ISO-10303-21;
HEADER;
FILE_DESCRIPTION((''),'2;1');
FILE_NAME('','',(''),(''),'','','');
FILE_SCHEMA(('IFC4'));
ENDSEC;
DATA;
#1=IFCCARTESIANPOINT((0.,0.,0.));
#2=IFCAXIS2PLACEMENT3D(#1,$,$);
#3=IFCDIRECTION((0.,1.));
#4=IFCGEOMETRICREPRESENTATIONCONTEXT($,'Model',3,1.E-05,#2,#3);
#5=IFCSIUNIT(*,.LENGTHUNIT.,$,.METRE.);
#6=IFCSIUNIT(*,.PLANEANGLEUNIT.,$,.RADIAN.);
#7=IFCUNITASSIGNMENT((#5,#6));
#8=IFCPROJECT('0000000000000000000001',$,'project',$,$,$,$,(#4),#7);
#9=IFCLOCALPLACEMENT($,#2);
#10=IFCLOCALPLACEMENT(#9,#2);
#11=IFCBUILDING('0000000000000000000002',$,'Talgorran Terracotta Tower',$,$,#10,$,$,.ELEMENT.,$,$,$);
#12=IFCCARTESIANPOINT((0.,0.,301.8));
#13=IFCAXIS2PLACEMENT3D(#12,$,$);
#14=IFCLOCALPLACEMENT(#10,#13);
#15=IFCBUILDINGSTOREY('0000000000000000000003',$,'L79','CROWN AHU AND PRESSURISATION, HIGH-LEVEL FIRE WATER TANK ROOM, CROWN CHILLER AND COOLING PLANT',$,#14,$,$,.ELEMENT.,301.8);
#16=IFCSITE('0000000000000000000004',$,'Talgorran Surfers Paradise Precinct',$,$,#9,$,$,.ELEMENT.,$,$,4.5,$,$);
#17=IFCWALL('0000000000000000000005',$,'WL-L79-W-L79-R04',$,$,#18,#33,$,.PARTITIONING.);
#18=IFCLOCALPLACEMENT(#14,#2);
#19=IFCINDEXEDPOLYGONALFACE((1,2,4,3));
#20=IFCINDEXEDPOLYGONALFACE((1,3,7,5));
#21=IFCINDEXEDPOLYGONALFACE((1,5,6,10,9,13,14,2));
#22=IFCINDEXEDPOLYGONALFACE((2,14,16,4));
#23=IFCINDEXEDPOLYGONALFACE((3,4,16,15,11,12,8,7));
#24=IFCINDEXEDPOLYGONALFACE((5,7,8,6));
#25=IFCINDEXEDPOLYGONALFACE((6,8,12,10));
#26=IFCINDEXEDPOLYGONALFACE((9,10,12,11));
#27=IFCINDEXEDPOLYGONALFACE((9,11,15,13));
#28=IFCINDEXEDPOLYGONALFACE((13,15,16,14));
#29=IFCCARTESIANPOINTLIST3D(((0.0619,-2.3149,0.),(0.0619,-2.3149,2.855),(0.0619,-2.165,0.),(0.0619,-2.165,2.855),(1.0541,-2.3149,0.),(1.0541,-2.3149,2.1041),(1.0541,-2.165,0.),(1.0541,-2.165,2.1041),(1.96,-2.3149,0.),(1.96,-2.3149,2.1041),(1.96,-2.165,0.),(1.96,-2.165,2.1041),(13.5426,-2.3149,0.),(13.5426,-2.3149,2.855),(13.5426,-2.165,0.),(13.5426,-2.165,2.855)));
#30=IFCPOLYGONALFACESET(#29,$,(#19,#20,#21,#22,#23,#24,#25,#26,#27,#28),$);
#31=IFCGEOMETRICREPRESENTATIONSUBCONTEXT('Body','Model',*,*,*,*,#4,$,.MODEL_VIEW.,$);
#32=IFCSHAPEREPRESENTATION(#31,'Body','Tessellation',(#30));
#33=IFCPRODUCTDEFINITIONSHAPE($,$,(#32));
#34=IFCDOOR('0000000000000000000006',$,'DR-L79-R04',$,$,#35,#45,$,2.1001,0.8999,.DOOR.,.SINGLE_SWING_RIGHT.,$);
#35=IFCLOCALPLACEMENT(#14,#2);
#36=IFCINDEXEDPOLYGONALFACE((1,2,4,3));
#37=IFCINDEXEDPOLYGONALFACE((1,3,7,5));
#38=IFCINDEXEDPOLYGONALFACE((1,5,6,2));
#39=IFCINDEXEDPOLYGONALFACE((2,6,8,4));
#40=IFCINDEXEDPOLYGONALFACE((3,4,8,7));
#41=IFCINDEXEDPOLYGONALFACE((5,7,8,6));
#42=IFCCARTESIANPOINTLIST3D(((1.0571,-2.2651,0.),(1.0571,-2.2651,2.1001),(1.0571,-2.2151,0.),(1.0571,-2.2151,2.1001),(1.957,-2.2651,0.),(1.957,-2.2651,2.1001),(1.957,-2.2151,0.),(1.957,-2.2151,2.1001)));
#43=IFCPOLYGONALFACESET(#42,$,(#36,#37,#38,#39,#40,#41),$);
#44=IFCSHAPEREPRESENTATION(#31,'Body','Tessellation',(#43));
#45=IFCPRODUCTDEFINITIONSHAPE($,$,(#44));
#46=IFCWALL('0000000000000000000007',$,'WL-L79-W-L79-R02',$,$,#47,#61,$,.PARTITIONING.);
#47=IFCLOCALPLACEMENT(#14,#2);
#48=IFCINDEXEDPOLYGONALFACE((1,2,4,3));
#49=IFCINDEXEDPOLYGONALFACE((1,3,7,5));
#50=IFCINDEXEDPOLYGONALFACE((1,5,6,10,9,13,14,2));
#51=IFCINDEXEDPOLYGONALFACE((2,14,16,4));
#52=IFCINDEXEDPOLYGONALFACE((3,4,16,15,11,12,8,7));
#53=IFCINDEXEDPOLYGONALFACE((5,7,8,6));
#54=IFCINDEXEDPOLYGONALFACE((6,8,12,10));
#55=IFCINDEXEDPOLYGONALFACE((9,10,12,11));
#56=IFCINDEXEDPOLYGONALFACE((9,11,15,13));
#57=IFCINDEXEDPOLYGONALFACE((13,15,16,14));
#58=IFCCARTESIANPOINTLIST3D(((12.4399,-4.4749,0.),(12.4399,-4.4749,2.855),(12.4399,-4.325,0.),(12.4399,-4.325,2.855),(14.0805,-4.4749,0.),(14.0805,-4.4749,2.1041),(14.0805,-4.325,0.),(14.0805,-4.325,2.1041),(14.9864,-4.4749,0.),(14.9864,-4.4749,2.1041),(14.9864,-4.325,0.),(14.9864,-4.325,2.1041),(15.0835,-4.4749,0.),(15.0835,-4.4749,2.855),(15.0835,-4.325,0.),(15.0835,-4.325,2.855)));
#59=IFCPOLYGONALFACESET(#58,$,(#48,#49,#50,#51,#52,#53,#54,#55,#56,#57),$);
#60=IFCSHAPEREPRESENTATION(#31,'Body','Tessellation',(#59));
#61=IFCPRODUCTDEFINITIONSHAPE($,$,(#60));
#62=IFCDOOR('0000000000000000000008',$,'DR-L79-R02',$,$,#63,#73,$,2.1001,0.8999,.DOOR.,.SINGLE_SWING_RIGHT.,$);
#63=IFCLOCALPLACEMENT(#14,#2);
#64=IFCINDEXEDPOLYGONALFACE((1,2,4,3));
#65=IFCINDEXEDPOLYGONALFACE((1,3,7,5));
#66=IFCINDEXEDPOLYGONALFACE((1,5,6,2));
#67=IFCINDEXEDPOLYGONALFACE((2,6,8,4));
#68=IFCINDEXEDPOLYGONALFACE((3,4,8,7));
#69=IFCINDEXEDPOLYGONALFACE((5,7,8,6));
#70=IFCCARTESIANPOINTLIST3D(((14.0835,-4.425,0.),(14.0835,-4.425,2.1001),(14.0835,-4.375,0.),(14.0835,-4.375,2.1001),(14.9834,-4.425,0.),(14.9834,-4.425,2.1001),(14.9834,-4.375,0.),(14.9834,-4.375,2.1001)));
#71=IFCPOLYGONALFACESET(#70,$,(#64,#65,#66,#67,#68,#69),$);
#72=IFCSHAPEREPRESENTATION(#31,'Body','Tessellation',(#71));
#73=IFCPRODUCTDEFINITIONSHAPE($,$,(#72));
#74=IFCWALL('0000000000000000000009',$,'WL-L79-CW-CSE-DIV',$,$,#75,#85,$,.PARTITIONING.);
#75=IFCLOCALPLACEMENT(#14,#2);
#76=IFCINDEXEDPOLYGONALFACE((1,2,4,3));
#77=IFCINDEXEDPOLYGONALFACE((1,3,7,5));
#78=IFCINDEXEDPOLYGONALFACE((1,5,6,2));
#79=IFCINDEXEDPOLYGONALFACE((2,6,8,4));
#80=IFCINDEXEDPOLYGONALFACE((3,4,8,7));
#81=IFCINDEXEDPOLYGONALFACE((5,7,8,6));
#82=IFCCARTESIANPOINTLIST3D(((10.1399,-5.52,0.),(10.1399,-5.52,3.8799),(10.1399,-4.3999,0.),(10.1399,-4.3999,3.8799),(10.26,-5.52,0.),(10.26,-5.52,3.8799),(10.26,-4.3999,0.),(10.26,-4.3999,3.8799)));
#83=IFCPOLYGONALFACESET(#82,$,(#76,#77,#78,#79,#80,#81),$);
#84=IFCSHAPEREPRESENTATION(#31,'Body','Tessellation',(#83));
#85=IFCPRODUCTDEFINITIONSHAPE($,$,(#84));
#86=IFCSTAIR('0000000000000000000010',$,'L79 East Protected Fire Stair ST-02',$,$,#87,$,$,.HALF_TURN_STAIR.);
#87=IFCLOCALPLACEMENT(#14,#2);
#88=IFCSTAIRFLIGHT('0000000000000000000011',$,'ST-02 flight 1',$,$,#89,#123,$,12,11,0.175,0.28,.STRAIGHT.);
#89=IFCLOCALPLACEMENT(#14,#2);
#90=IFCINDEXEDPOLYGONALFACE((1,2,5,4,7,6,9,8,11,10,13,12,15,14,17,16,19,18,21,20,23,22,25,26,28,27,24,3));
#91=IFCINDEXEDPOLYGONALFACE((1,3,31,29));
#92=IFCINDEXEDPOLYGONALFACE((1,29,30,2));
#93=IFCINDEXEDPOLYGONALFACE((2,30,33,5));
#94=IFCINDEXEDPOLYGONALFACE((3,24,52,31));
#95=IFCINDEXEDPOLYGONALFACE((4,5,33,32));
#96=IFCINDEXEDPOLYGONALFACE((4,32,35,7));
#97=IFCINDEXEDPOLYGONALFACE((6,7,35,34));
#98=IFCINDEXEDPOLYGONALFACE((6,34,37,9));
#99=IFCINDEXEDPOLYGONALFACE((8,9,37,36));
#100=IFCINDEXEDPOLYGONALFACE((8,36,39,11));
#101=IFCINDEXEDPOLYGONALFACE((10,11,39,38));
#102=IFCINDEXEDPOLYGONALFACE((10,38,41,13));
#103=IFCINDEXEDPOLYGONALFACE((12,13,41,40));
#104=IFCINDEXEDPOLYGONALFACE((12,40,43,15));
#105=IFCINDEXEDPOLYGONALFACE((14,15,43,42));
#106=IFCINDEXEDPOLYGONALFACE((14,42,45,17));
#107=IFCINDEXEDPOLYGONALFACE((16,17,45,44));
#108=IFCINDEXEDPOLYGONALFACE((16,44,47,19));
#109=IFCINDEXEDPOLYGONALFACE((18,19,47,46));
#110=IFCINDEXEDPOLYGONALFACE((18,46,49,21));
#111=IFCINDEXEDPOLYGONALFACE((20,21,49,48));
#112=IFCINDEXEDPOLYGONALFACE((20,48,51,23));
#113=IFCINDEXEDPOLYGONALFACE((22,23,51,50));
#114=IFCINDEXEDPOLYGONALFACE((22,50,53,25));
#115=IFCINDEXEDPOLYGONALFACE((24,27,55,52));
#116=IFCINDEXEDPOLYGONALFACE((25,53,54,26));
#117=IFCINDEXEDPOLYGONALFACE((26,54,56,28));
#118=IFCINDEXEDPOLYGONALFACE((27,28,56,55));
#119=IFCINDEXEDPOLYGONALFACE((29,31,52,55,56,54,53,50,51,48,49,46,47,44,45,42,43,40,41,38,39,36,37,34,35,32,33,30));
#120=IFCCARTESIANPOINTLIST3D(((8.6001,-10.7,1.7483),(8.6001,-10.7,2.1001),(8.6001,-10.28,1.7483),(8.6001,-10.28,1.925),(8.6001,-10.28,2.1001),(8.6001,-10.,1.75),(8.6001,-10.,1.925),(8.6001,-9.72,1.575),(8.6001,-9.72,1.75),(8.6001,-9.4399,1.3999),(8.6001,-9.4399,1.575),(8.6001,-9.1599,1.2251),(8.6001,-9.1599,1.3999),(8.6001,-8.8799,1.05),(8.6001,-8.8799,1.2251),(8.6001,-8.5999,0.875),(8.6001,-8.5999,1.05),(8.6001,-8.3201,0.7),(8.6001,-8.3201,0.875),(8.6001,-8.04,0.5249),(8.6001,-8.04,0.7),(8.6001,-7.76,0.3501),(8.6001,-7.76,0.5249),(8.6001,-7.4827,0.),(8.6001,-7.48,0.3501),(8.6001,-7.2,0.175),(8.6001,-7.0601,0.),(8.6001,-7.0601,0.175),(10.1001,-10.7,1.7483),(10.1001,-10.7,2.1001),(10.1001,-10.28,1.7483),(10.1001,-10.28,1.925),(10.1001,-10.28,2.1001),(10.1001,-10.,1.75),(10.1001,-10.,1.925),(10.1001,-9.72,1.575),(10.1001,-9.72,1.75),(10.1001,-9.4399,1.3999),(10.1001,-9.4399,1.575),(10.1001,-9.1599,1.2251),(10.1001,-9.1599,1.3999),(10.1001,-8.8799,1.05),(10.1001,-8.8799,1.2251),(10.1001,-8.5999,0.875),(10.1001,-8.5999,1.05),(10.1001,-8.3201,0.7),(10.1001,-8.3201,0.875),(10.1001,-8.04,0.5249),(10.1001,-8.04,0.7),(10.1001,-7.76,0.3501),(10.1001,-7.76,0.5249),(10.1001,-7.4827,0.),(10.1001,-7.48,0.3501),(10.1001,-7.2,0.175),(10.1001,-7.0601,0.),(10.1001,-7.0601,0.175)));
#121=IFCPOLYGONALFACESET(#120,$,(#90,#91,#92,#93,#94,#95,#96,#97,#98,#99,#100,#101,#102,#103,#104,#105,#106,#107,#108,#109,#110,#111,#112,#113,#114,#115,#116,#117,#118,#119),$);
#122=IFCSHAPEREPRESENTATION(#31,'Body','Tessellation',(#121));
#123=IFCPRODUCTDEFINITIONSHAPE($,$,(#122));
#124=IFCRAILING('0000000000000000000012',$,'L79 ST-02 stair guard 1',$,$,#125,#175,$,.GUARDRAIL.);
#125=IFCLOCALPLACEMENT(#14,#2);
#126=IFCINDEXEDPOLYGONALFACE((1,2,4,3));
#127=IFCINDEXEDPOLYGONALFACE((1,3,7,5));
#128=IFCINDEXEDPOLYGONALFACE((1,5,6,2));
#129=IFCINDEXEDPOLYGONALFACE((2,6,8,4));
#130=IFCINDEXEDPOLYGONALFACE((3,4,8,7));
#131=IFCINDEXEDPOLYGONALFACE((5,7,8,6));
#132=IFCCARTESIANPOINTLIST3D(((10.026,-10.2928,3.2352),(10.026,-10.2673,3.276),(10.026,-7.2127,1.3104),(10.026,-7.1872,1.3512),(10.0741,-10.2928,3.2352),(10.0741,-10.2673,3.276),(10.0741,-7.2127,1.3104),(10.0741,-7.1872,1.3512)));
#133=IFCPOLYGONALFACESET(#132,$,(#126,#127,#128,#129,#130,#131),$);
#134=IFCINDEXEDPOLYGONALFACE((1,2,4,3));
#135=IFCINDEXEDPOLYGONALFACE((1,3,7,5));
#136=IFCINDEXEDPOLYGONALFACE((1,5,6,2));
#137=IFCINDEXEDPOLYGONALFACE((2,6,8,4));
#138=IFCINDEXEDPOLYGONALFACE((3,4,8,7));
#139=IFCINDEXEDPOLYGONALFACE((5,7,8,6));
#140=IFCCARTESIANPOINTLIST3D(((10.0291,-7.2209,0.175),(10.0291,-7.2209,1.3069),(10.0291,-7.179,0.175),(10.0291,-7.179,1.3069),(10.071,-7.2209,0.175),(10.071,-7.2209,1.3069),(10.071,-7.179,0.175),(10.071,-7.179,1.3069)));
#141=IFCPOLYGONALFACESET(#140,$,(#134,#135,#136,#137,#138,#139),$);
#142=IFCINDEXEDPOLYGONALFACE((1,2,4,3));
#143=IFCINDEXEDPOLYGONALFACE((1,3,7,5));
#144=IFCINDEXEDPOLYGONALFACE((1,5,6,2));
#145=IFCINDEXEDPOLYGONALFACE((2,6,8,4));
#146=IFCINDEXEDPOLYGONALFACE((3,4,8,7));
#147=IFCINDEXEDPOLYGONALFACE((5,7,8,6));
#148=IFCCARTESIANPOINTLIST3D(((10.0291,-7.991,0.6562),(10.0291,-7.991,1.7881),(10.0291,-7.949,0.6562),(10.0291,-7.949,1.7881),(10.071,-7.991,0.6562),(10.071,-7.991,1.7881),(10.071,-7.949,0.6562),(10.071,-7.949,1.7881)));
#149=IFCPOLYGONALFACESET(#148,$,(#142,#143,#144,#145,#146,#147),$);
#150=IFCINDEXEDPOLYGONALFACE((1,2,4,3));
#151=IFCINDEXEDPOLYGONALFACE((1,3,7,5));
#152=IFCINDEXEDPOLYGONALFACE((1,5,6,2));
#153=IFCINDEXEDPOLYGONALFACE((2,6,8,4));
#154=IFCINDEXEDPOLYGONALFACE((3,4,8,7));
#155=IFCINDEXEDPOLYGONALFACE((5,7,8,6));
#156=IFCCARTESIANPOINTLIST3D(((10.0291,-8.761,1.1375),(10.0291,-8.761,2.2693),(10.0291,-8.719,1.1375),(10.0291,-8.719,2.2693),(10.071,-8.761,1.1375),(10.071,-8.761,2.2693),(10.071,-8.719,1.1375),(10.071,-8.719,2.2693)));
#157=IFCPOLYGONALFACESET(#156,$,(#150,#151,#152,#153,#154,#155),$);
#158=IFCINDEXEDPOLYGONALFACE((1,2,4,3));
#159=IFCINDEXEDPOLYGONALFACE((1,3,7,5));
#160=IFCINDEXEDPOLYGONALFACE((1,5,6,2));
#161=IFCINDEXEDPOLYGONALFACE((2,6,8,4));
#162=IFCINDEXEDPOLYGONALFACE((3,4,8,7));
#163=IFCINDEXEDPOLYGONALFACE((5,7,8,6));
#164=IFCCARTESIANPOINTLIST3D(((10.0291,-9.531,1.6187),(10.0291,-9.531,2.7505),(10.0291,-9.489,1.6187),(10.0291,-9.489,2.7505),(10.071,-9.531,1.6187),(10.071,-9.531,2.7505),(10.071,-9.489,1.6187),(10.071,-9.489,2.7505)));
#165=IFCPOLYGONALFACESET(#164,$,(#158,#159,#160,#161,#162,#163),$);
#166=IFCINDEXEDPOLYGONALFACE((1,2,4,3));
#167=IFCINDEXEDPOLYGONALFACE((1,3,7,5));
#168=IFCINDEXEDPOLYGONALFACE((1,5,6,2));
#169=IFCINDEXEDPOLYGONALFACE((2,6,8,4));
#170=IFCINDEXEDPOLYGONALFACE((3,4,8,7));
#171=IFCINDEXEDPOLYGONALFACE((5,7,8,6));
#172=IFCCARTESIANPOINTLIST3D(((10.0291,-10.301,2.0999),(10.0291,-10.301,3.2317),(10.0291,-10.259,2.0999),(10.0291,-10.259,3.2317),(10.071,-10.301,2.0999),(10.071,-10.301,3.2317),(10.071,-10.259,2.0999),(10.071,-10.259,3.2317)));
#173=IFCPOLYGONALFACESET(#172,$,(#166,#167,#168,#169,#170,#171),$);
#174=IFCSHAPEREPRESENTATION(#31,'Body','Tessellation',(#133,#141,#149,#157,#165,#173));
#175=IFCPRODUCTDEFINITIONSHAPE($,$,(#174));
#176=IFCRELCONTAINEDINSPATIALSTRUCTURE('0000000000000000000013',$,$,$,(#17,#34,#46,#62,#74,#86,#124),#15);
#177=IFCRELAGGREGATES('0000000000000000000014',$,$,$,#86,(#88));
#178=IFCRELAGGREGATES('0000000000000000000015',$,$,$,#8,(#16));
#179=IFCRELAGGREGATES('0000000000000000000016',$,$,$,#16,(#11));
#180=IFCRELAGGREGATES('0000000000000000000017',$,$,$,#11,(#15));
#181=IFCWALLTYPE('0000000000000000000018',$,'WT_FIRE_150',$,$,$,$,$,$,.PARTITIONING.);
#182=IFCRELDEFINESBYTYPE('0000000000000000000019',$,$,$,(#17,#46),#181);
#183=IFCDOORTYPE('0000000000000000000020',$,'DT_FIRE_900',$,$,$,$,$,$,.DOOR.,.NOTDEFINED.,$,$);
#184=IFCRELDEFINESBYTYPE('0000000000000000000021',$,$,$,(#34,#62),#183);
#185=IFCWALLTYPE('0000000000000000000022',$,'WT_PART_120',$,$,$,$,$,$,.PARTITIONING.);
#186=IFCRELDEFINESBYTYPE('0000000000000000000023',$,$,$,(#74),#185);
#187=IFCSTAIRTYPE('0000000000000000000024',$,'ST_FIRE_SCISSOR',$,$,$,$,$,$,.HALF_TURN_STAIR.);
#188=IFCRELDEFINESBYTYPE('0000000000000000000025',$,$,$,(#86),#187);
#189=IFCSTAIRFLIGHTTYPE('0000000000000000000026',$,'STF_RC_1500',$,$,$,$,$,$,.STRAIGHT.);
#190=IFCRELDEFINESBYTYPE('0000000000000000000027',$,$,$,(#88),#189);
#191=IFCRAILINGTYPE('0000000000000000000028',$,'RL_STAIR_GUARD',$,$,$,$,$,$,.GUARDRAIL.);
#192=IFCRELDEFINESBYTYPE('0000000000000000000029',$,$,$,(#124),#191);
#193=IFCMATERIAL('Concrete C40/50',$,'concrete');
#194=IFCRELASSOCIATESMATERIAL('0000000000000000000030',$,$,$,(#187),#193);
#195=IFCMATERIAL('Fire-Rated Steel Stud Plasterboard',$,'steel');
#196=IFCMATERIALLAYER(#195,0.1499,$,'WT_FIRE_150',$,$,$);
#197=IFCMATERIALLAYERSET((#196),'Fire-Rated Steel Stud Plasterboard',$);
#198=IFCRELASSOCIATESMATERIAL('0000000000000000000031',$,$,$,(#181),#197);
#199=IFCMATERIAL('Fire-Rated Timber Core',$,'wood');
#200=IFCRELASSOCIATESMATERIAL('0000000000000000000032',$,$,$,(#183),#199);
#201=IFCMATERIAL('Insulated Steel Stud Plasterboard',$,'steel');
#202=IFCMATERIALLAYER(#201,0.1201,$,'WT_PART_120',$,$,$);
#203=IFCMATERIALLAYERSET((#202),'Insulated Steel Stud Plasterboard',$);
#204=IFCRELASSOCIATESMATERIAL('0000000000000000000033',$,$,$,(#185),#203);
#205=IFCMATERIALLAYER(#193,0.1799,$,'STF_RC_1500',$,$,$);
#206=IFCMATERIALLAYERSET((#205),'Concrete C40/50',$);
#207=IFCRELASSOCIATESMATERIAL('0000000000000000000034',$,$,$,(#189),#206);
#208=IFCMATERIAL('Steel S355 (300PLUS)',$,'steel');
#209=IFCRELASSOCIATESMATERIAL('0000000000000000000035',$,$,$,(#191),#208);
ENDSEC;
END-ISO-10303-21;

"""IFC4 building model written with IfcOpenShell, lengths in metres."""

from ifc_helpers import new_model, si_unit, direction, frame, frame_2d, origin, origin_2d, place, context, subcontext, project, spatial, polyline, rectangle, outline, extrude, material, layer, layer_set, type_object, element, fill, aggregate, save


model = new_model("IFC4")

# Units and contexts
model_context = context("Model", 3, precision=1e-05, world=origin(), true_north=direction((0.0, 1.0)))
body_context = subcontext(model_context, "Body", "Model", "MODEL_VIEW")
ifc_project = project(units=[si_unit("LENGTHUNIT", "METRE"), si_unit("PLANEANGLEUNIT", "RADIAN")], contexts=[model_context])

# Site, building, storey
site_placement = place(None, origin())
site = spatial("IfcSite", under=ifc_project, at=site_placement, Name="Talgorran Surfers Paradise Precinct", CompositionType="ELEMENT", RefElevation=4.5)
building_placement = place(site_placement, origin())
building = spatial("IfcBuilding", under=site, at=building_placement, Name="Talgorran Terracotta Tower", CompositionType="ELEMENT")
storey_placement = place(building_placement, frame((0.0, 0.0, 301.8)))
storey = spatial("IfcBuildingStorey", under=building, at=storey_placement, Name="L79", Description="CROWN AHU AND PRESSURISATION, HIGH-LEVEL FIRE WATER TANK ROOM, CROWN CHILLER AND COOLING PLANT", CompositionType="ELEMENT", Elevation=301.8)

# Shared definitions
ifc_material_1 = material(Name="Steel S355 (300PLUS)", Category="steel")

# Shared definitions
ifc_material_2 = material(Name="Concrete C40/50", Category="concrete")
stair_type = type_object("IfcStairType", Name="ST_FIRE_SCISSOR", PredefinedType="HALF_TURN_STAIR", material=ifc_material_2)

# Shared definitions
ifc_material_3 = material(Name="Fire-Rated Steel Stud Plasterboard", Category="steel")
ifc_layer_1 = layer(ifc_material_3, 0.1499, Name="WT_FIRE_150")
ifc_layer_set_1 = layer_set([ifc_layer_1], Name="Fire-Rated Steel Stud Plasterboard")
wall_type_1 = type_object("IfcWallType", Name="WT_FIRE_150", PredefinedType="PARTITIONING", material=ifc_layer_set_1)

# Walls, openings, doors
wall_1_placement = place(storey_placement, frame((0.062, -2.24, 0.0), z_axis=(0.0, 0.0, 1.0), x_axis=(1.0, 0.0, 0.0)))
wall_1 = element("IfcWall", 1, at=wall_1_placement, inside=storey, type_object=wall_type_1, Name="WL-L79-W-L79-R04", PredefinedType="PARTITIONING", context=body_context, shape_type="SweptSolid", body=[
    extrude(rectangle(XDim=13.4807, YDim=0.1499, at=frame_2d((6.7402, 0.0))), origin(), (0.0, 0.0, 1.0), 2.855),
])
opening_1_placement = place(wall_1_placement, frame((0.9951, 0.0, 0.0)))
opening_1 = element("IfcOpeningElement", 2, at=opening_1_placement, cuts=wall_1, PredefinedType="OPENING", context=body_context, shape_type="SweptSolid", body=[
    extrude(rectangle(XDim=0.9059, YDim=2.1041, at=frame_2d((0.45, 1.052))), frame((0.0, 0.085, 0.0), z_axis=(0.0, -1.0, 0.0), x_axis=(1.0, 0.0, 0.0)), (0.0, 0.0, 1.0), 0.1699),
])
ifc_material_4 = material(Name="Fire-Rated Timber Core", Category="wood")
door_type = type_object("IfcDoorType", Name="DT_FIRE_900", OperationType="NOTDEFINED", PredefinedType="DOOR", material=ifc_material_4)
door_1_placement = place(opening_1_placement, origin())
door_1 = element("IfcDoor", 3, at=door_1_placement, inside=storey, type_object=door_type, Name="DR-L79-R04", OperationType="SINGLE_SWING_RIGHT", OverallHeight=2.1001, OverallWidth=0.8999, PredefinedType="DOOR", context=body_context, shape_type="SweptSolid", body=[
    extrude(rectangle(XDim=0.8999, YDim=2.1001, at=frame_2d((0.45, 1.05))), frame((0.0, 0.0249, 0.0), z_axis=(0.0, -1.0, 0.0), x_axis=(1.0, 0.0, 0.0)), (0.0, 0.0, 1.0), 0.05),
])
fill(opening_1, door_1)
wall_2_placement = place(storey_placement, frame((12.4399, -4.3999, 0.0), z_axis=(0.0, 0.0, 1.0), x_axis=(1.0, 0.0, 0.0)))
wall_2 = element("IfcWall", 4, at=wall_2_placement, inside=storey, type_object=wall_type_1, Name="WL-L79-W-L79-R02", PredefinedType="PARTITIONING", context=body_context, shape_type="SweptSolid", body=[
    extrude(rectangle(XDim=2.6436, YDim=0.1499, at=frame_2d((1.3218, 0.0))), origin(), (0.0, 0.0, 1.0), 2.855),
])
opening_2_placement = place(wall_2_placement, frame((1.6436, 0.0, 0.0)))
opening_2 = element("IfcOpeningElement", 5, at=opening_2_placement, cuts=wall_2, PredefinedType="OPENING", context=body_context, shape_type="SweptSolid", body=[
    extrude(rectangle(XDim=0.9059, YDim=2.1041, at=frame_2d((0.45, 1.052))), frame((0.0, 0.085, 0.0), z_axis=(0.0, -1.0, 0.0), x_axis=(1.0, 0.0, 0.0)), (0.0, 0.0, 1.0), 0.1699),
])
door_2_placement = place(opening_2_placement, origin())
door_2 = element("IfcDoor", 6, at=door_2_placement, inside=storey, type_object=door_type, Name="DR-L79-R02", OperationType="SINGLE_SWING_RIGHT", OverallHeight=2.1001, OverallWidth=0.8999, PredefinedType="DOOR", context=body_context, shape_type="SweptSolid", body=[
    extrude(rectangle(XDim=0.8999, YDim=2.1001, at=frame_2d((0.45, 1.05))), frame((0.0, 0.0249, 0.0), z_axis=(0.0, -1.0, 0.0), x_axis=(1.0, 0.0, 0.0)), (0.0, 0.0, 1.0), 0.05),
])
fill(opening_2, door_2)

# Wall
ifc_material_5 = material(Name="Insulated Steel Stud Plasterboard", Category="steel")
ifc_layer_2 = layer(ifc_material_5, 0.1201, Name="WT_PART_120")
ifc_layer_set_2 = layer_set([ifc_layer_2], Name="Insulated Steel Stud Plasterboard")
wall_type_2 = type_object("IfcWallType", Name="WT_PART_120", PredefinedType="PARTITIONING", material=ifc_layer_set_2)
wall_3_placement = place(storey_placement, frame((10.2, -5.52, 0.0), z_axis=(0.0, 0.0, 1.0), x_axis=(0.0, 1.0, 0.0)))
element("IfcWall", 7, at=wall_3_placement, inside=storey, type_object=wall_type_2, Name="WL-L79-CW-CSE-DIV", PredefinedType="PARTITIONING", context=body_context, shape_type="SweptSolid", body=[
    extrude(rectangle(XDim=1.1201, YDim=0.1201, at=frame_2d((0.5601, 0.0))), origin(), (0.0, 0.0, 1.0), 3.8799),
])

# Stair, stair flight
stair_1_placement = place(storey_placement, origin())
stair_1 = element("IfcStair", 8, at=stair_1_placement, inside=storey, type_object=stair_type, Name="L79 East Protected Fire Stair ST-02", PredefinedType="HALF_TURN_STAIR")
ifc_layer_3 = layer(ifc_material_2, 0.1799, Name="STF_RC_1500")
ifc_layer_set_3 = layer_set([ifc_layer_3], Name="Concrete C40/50")
stair_flight_type = type_object("IfcStairFlightType", Name="STF_RC_1500", PredefinedType="STRAIGHT", material=ifc_layer_set_3)
stair_flight_placement = place(storey_placement, frame((9.3501, -7.2, 0.0), z_axis=(0.0, 0.0, 1.0), x_axis=(0.0, -1.0, 0.0)))
stair_flight = element("IfcStairFlight", 9, at=stair_flight_placement, type_object=stair_flight_type, Name="ST-02 flight 1", NumberOfRisers=12, NumberOfTreads=11, PredefinedType="STRAIGHT", RiserHeight=0.175, TreadLength=0.28, context=body_context, shape_type="SweptSolid", body=[
    extrude(outline(polyline([(-0.1399, 0.0), (-0.1399, 0.175), (0.0, 0.175), (0.28, 0.3501), (0.5601, 0.3501), (0.5601, 0.5249), (0.8401, 0.5249), (0.8401, 0.7), (1.1201, 0.7), (1.1201, 0.875), (1.3999, 0.875), (1.3999, 1.05), (1.6799, 1.05), (1.6799, 1.2251), (1.96, 1.2251), (1.96, 1.3999), (2.24, 1.3999), (2.24, 1.575), (2.52, 1.575), (2.52, 1.75), (2.8, 1.75), (2.8, 1.925), (3.0801, 1.925), (3.0801, 2.1001), (3.5, 2.1001), (3.5, 1.7483), (3.0801, 1.7483), (0.2827, 0.0), (-0.1399, 0.0)])), frame((0.0, 0.75, 0.0), z_axis=(0.0, -1.0, 0.0), x_axis=(1.0, 0.0, 0.0)), (0.0, 0.0, 1.0), 1.5),
])
aggregate(stair_1, [stair_flight])

# Railing
railing_type = type_object("IfcRailingType", Name="RL_STAIR_GUARD", PredefinedType="GUARDRAIL", material=ifc_material_1)
railing_1_placement = place(storey_placement, frame((10.05, -7.2, 0.175)))
element("IfcRailing", 10, at=railing_1_placement, inside=storey, type_object=railing_type, Name="L79 ST-02 stair guard 1", PredefinedType="GUARDRAIL", context=body_context, shape_type="SweptSolid", body=[
    extrude(rectangle(XDim=0.0481, YDim=0.0481, at=origin_2d()), frame((0.0, 0.0, 1.1558), z_axis=(0.0, -0.848029, 0.529951), x_axis=(1.0, 0.0, 0.0)), (0.0, 0.0, 1.0), 3.6321),
    extrude(rectangle(XDim=0.042, YDim=0.042, at=origin_2d()), origin(), (0.0, 0.0, 1.0), 1.1318),
    extrude(rectangle(XDim=0.042, YDim=0.042, at=origin_2d()), frame((0.0, -0.77, 0.4812)), (0.0, 0.0, 1.0), 1.1318),
    extrude(rectangle(XDim=0.042, YDim=0.042, at=origin_2d()), frame((0.0, -1.54, 0.9624)), (0.0, 0.0, 1.0), 1.1318),
    extrude(rectangle(XDim=0.042, YDim=0.042, at=origin_2d()), frame((0.0, -2.3101, 1.4436)), (0.0, 0.0, 1.0), 1.1318),
    extrude(rectangle(XDim=0.042, YDim=0.042, at=origin_2d()), frame((0.0, -3.0801, 1.9248)), (0.0, 0.0, 1.0), 1.1318),
])

save(model, "model.ifc")
